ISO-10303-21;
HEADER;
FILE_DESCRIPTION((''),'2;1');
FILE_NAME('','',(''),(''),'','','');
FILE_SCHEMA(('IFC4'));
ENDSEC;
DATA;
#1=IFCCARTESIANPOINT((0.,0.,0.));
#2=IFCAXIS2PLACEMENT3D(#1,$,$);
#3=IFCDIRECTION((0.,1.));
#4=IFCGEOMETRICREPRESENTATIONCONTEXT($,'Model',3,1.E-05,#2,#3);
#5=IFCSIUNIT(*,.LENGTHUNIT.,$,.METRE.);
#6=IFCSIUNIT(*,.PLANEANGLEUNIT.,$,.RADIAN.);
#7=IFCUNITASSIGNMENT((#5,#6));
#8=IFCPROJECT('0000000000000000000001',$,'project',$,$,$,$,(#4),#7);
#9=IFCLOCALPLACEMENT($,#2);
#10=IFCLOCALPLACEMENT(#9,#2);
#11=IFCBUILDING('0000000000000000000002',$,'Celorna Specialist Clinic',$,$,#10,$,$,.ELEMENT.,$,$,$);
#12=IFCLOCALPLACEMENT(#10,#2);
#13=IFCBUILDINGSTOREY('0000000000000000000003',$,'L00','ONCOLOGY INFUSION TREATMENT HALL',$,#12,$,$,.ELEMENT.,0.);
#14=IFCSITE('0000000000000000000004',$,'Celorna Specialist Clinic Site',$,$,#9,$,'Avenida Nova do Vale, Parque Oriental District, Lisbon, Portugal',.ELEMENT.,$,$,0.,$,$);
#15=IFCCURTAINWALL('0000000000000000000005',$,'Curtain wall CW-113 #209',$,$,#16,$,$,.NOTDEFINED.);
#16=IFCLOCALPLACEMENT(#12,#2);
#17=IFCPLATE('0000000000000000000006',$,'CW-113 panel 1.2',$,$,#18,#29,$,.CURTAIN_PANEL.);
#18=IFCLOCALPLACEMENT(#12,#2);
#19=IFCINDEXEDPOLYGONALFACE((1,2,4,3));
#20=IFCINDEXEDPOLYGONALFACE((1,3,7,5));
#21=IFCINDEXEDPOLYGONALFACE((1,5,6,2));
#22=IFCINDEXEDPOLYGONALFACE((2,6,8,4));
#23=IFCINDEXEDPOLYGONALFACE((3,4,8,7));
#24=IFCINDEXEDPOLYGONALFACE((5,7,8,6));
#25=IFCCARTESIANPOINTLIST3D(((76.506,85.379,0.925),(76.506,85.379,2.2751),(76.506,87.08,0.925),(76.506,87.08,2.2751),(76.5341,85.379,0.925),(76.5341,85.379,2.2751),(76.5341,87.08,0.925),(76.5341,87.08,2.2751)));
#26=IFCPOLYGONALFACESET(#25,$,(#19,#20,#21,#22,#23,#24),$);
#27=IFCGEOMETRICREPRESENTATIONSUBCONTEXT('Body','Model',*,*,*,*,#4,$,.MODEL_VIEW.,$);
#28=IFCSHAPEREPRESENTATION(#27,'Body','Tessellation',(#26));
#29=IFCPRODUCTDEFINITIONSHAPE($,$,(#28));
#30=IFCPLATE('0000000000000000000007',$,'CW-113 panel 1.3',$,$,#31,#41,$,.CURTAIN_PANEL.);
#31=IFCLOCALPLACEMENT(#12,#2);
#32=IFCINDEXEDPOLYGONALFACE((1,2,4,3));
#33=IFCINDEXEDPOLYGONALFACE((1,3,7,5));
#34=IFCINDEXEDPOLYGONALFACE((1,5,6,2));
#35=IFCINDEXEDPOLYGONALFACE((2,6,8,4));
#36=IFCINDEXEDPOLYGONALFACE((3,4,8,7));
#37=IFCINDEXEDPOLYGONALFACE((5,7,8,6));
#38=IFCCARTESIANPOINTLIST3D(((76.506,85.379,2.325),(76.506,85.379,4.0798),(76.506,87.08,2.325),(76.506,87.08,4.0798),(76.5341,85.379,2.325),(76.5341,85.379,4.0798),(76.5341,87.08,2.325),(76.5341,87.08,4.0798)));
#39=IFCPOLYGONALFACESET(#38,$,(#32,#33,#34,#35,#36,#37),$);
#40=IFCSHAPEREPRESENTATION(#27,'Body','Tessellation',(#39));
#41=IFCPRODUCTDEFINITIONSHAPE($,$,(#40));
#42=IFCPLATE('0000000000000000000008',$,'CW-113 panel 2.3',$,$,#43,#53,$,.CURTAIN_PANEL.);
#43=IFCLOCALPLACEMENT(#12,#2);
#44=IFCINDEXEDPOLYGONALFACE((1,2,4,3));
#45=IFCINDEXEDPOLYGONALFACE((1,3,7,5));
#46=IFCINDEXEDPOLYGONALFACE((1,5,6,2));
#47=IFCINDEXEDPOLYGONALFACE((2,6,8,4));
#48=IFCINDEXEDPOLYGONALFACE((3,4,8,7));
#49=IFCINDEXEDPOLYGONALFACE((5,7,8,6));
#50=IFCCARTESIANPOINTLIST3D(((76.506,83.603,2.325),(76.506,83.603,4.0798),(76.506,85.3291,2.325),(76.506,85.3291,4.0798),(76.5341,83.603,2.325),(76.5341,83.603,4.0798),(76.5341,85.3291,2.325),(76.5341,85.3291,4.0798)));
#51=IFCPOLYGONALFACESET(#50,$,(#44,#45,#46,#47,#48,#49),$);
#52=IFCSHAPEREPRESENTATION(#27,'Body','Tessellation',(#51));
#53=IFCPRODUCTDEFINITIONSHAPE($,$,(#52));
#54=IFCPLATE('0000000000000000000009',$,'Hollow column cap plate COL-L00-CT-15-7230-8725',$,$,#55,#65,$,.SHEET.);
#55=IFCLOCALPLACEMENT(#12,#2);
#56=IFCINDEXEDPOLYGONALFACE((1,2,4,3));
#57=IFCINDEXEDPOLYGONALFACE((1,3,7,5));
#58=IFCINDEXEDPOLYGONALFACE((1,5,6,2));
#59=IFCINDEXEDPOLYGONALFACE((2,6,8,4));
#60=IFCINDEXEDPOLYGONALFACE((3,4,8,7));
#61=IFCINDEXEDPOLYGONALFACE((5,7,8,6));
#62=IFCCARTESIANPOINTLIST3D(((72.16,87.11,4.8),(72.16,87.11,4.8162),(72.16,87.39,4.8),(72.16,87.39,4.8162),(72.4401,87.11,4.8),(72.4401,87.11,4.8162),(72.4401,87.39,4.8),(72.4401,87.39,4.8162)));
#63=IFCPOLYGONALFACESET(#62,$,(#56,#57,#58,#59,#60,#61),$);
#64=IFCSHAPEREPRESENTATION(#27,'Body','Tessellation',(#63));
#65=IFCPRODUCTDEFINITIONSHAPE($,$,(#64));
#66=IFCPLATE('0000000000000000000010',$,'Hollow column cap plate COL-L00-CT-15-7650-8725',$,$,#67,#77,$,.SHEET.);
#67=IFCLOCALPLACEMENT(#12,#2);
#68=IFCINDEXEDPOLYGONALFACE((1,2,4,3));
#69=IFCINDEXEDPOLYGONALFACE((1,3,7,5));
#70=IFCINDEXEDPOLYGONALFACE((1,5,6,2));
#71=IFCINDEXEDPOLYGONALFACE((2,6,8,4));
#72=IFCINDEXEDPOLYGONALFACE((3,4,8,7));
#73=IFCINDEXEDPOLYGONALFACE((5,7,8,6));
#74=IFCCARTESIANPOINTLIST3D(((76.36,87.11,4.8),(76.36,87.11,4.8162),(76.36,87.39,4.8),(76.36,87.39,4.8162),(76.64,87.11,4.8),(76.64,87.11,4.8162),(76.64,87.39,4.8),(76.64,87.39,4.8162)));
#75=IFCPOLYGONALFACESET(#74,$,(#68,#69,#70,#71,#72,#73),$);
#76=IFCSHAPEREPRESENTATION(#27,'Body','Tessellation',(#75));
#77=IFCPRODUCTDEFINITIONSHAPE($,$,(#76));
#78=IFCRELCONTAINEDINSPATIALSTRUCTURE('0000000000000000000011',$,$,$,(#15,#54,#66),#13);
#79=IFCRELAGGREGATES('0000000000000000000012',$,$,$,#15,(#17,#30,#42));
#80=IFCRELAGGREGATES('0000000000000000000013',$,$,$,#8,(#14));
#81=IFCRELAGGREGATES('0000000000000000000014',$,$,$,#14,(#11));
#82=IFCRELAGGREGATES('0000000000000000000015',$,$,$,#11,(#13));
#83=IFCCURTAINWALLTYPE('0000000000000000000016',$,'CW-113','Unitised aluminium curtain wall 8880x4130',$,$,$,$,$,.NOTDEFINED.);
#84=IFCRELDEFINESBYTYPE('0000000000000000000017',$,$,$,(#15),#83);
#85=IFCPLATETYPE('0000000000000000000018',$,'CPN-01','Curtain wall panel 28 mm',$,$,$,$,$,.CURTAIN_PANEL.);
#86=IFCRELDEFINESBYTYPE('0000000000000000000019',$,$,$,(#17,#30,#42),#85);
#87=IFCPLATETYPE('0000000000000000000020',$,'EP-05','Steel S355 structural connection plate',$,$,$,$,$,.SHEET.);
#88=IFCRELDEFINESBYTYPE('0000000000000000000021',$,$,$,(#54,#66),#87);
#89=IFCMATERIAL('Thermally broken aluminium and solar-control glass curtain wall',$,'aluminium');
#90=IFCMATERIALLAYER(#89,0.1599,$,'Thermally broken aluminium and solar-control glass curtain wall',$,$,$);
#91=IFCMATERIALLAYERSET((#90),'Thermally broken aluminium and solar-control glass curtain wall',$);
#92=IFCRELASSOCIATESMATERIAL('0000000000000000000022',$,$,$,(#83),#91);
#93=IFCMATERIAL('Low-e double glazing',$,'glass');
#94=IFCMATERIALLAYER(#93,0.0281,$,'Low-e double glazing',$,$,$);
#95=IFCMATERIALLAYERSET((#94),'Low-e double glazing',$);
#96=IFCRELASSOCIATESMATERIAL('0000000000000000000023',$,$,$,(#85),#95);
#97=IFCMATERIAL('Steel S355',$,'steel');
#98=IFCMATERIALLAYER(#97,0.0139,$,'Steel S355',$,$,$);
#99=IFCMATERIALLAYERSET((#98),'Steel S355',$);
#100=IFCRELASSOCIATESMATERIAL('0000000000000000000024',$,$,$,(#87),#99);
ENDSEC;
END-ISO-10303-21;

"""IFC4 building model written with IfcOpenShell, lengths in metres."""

from ifc_helpers import new_model, si_unit, direction, frame, origin, origin_2d, place, context, subcontext, project, spatial, rectangle, extrude, material, layer, layer_set, type_object, element, aggregate, save


model = new_model("IFC4")

# Units and contexts
model_context = context("Model", 3, precision=1e-05, world=origin(), true_north=direction((0.0, 1.0)))
body_context = subcontext(model_context, "Body", "Model", "MODEL_VIEW")
ifc_project = project(units=[si_unit("LENGTHUNIT", "METRE"), si_unit("PLANEANGLEUNIT", "RADIAN")], contexts=[model_context])

# Site, building, storey
site_placement = place(None, origin())
site = spatial("IfcSite", under=ifc_project, at=site_placement, Name="Celorna Specialist Clinic Site", LongName="Avenida Nova do Vale, Parque Oriental District, Lisbon, Portugal", CompositionType="ELEMENT", RefElevation=0.0)
building_placement = place(site_placement, origin())
building = spatial("IfcBuilding", under=site, at=building_placement, Name="Celorna Specialist Clinic", CompositionType="ELEMENT")
storey_placement = place(building_placement, origin())
storey = spatial("IfcBuildingStorey", under=building, at=storey_placement, Name="L00", Description="ONCOLOGY INFUSION TREATMENT HALL", CompositionType="ELEMENT", Elevation=0.0)

# Shared definitions
ifc_material_1 = material(Name="Steel S355", Category="steel")

# Curtain wall
ifc_material_2 = material(Name="Thermally broken aluminium and solar-control glass curtain wall", Category="aluminium")
ifc_layer_1 = layer(ifc_material_2, 0.1599, Name="Thermally broken aluminium and solar-control glass curtain wall")
ifc_layer_set_1 = layer_set([ifc_layer_1], Name="Thermally broken aluminium and solar-control glass curtain wall")
curtain_wall_type_1 = type_object("IfcCurtainWallType", Name="CW-113", Description="Unitised aluminium curtain wall 8880x4130", PredefinedType="NOTDEFINED", material=ifc_layer_set_1)
curtain_wall_1_placement = place(storey_placement, origin())
curtain_wall_1 = element("IfcCurtainWall", 1, at=curtain_wall_1_placement, inside=storey, type_object=curtain_wall_type_1, Name="Curtain wall CW-113 #209", PredefinedType="NOTDEFINED")

# Plates
ifc_material_3 = material(Name="Low-e double glazing", Category="glass")
ifc_layer_2 = layer(ifc_material_3, 0.0281, Name="Low-e double glazing")
ifc_layer_set_2 = layer_set([ifc_layer_2], Name="Low-e double glazing")
plate_type_1 = type_object("IfcPlateType", Name="CPN-01", Description="Curtain wall panel 28 mm", PredefinedType="CURTAIN_PANEL", material=ifc_layer_set_2)
plate_1_placement = place(storey_placement, frame((76.52, 86.2295, 0.925), z_axis=(0.0, 0.0, 1.0), x_axis=(0.0, -1.0, 0.0)))
plate_1 = element("IfcPlate", 2, at=plate_1_placement, type_object=plate_type_1, Name="CW-113 panel 1.2", PredefinedType="CURTAIN_PANEL", context=body_context, shape_type="SweptSolid", body=[
    extrude(rectangle(XDim=1.7009, YDim=0.0281, at=origin_2d()), origin(), (0.0, 0.0, 1.0), 1.3501),
])
plate_2_placement = place(storey_placement, frame((76.52, 86.2295, 2.325), z_axis=(0.0, 0.0, 1.0), x_axis=(0.0, -1.0, 0.0)))
plate_2 = element("IfcPlate", 3, at=plate_2_placement, type_object=plate_type_1, Name="CW-113 panel 1.3", PredefinedType="CURTAIN_PANEL", context=body_context, shape_type="SweptSolid", body=[
    extrude(rectangle(XDim=1.7009, YDim=0.0281, at=origin_2d()), origin(), (0.0, 0.0, 1.0), 1.7549),
])
plate_3_placement = place(storey_placement, frame((76.52, 84.4661, 2.325), z_axis=(0.0, 0.0, 1.0), x_axis=(0.0, -1.0, 0.0)))
plate_3 = element("IfcPlate", 4, at=plate_3_placement, type_object=plate_type_1, Name="CW-113 panel 2.3", PredefinedType="CURTAIN_PANEL", context=body_context, shape_type="SweptSolid", body=[
    extrude(rectangle(XDim=1.7261, YDim=0.0281, at=origin_2d()), origin(), (0.0, 0.0, 1.0), 1.7549),
])
aggregate(curtain_wall_1, [plate_1, plate_2, plate_3])

# Plates
ifc_layer_3 = layer(ifc_material_1, 0.0139, Name="Steel S355")
ifc_layer_set_3 = layer_set([ifc_layer_3], Name="Steel S355")
plate_type_2 = type_object("IfcPlateType", Name="EP-05", Description="Steel S355 structural connection plate", PredefinedType="SHEET", material=ifc_layer_set_3)
for number, where, z_axis, x_axis, name in (
    (5, (72.3, 87.25, 4.8), (0.0, 0.0, 1.0), (1.0, 0.0, 0.0), "Hollow column cap plate COL-L00-CT-15-7230-8725"),
    (6, (76.5, 87.25, 4.8), (0.0, 0.0, 1.0), (1.0, 0.0, 0.0), "Hollow column cap plate COL-L00-CT-15-7650-8725"),
):
    element("IfcPlate", number, at=place(storey_placement, frame(where, z_axis=z_axis, x_axis=x_axis)), inside=storey, type_object=plate_type_2, Name=name, PredefinedType="SHEET", context=body_context, shape_type="SweptSolid", body=[
        extrude(rectangle(XDim=0.28, YDim=0.28, at=origin_2d()), origin(), (0.0, 0.0, 1.0), 0.0161),
    ])

save(model, "model.ifc")
